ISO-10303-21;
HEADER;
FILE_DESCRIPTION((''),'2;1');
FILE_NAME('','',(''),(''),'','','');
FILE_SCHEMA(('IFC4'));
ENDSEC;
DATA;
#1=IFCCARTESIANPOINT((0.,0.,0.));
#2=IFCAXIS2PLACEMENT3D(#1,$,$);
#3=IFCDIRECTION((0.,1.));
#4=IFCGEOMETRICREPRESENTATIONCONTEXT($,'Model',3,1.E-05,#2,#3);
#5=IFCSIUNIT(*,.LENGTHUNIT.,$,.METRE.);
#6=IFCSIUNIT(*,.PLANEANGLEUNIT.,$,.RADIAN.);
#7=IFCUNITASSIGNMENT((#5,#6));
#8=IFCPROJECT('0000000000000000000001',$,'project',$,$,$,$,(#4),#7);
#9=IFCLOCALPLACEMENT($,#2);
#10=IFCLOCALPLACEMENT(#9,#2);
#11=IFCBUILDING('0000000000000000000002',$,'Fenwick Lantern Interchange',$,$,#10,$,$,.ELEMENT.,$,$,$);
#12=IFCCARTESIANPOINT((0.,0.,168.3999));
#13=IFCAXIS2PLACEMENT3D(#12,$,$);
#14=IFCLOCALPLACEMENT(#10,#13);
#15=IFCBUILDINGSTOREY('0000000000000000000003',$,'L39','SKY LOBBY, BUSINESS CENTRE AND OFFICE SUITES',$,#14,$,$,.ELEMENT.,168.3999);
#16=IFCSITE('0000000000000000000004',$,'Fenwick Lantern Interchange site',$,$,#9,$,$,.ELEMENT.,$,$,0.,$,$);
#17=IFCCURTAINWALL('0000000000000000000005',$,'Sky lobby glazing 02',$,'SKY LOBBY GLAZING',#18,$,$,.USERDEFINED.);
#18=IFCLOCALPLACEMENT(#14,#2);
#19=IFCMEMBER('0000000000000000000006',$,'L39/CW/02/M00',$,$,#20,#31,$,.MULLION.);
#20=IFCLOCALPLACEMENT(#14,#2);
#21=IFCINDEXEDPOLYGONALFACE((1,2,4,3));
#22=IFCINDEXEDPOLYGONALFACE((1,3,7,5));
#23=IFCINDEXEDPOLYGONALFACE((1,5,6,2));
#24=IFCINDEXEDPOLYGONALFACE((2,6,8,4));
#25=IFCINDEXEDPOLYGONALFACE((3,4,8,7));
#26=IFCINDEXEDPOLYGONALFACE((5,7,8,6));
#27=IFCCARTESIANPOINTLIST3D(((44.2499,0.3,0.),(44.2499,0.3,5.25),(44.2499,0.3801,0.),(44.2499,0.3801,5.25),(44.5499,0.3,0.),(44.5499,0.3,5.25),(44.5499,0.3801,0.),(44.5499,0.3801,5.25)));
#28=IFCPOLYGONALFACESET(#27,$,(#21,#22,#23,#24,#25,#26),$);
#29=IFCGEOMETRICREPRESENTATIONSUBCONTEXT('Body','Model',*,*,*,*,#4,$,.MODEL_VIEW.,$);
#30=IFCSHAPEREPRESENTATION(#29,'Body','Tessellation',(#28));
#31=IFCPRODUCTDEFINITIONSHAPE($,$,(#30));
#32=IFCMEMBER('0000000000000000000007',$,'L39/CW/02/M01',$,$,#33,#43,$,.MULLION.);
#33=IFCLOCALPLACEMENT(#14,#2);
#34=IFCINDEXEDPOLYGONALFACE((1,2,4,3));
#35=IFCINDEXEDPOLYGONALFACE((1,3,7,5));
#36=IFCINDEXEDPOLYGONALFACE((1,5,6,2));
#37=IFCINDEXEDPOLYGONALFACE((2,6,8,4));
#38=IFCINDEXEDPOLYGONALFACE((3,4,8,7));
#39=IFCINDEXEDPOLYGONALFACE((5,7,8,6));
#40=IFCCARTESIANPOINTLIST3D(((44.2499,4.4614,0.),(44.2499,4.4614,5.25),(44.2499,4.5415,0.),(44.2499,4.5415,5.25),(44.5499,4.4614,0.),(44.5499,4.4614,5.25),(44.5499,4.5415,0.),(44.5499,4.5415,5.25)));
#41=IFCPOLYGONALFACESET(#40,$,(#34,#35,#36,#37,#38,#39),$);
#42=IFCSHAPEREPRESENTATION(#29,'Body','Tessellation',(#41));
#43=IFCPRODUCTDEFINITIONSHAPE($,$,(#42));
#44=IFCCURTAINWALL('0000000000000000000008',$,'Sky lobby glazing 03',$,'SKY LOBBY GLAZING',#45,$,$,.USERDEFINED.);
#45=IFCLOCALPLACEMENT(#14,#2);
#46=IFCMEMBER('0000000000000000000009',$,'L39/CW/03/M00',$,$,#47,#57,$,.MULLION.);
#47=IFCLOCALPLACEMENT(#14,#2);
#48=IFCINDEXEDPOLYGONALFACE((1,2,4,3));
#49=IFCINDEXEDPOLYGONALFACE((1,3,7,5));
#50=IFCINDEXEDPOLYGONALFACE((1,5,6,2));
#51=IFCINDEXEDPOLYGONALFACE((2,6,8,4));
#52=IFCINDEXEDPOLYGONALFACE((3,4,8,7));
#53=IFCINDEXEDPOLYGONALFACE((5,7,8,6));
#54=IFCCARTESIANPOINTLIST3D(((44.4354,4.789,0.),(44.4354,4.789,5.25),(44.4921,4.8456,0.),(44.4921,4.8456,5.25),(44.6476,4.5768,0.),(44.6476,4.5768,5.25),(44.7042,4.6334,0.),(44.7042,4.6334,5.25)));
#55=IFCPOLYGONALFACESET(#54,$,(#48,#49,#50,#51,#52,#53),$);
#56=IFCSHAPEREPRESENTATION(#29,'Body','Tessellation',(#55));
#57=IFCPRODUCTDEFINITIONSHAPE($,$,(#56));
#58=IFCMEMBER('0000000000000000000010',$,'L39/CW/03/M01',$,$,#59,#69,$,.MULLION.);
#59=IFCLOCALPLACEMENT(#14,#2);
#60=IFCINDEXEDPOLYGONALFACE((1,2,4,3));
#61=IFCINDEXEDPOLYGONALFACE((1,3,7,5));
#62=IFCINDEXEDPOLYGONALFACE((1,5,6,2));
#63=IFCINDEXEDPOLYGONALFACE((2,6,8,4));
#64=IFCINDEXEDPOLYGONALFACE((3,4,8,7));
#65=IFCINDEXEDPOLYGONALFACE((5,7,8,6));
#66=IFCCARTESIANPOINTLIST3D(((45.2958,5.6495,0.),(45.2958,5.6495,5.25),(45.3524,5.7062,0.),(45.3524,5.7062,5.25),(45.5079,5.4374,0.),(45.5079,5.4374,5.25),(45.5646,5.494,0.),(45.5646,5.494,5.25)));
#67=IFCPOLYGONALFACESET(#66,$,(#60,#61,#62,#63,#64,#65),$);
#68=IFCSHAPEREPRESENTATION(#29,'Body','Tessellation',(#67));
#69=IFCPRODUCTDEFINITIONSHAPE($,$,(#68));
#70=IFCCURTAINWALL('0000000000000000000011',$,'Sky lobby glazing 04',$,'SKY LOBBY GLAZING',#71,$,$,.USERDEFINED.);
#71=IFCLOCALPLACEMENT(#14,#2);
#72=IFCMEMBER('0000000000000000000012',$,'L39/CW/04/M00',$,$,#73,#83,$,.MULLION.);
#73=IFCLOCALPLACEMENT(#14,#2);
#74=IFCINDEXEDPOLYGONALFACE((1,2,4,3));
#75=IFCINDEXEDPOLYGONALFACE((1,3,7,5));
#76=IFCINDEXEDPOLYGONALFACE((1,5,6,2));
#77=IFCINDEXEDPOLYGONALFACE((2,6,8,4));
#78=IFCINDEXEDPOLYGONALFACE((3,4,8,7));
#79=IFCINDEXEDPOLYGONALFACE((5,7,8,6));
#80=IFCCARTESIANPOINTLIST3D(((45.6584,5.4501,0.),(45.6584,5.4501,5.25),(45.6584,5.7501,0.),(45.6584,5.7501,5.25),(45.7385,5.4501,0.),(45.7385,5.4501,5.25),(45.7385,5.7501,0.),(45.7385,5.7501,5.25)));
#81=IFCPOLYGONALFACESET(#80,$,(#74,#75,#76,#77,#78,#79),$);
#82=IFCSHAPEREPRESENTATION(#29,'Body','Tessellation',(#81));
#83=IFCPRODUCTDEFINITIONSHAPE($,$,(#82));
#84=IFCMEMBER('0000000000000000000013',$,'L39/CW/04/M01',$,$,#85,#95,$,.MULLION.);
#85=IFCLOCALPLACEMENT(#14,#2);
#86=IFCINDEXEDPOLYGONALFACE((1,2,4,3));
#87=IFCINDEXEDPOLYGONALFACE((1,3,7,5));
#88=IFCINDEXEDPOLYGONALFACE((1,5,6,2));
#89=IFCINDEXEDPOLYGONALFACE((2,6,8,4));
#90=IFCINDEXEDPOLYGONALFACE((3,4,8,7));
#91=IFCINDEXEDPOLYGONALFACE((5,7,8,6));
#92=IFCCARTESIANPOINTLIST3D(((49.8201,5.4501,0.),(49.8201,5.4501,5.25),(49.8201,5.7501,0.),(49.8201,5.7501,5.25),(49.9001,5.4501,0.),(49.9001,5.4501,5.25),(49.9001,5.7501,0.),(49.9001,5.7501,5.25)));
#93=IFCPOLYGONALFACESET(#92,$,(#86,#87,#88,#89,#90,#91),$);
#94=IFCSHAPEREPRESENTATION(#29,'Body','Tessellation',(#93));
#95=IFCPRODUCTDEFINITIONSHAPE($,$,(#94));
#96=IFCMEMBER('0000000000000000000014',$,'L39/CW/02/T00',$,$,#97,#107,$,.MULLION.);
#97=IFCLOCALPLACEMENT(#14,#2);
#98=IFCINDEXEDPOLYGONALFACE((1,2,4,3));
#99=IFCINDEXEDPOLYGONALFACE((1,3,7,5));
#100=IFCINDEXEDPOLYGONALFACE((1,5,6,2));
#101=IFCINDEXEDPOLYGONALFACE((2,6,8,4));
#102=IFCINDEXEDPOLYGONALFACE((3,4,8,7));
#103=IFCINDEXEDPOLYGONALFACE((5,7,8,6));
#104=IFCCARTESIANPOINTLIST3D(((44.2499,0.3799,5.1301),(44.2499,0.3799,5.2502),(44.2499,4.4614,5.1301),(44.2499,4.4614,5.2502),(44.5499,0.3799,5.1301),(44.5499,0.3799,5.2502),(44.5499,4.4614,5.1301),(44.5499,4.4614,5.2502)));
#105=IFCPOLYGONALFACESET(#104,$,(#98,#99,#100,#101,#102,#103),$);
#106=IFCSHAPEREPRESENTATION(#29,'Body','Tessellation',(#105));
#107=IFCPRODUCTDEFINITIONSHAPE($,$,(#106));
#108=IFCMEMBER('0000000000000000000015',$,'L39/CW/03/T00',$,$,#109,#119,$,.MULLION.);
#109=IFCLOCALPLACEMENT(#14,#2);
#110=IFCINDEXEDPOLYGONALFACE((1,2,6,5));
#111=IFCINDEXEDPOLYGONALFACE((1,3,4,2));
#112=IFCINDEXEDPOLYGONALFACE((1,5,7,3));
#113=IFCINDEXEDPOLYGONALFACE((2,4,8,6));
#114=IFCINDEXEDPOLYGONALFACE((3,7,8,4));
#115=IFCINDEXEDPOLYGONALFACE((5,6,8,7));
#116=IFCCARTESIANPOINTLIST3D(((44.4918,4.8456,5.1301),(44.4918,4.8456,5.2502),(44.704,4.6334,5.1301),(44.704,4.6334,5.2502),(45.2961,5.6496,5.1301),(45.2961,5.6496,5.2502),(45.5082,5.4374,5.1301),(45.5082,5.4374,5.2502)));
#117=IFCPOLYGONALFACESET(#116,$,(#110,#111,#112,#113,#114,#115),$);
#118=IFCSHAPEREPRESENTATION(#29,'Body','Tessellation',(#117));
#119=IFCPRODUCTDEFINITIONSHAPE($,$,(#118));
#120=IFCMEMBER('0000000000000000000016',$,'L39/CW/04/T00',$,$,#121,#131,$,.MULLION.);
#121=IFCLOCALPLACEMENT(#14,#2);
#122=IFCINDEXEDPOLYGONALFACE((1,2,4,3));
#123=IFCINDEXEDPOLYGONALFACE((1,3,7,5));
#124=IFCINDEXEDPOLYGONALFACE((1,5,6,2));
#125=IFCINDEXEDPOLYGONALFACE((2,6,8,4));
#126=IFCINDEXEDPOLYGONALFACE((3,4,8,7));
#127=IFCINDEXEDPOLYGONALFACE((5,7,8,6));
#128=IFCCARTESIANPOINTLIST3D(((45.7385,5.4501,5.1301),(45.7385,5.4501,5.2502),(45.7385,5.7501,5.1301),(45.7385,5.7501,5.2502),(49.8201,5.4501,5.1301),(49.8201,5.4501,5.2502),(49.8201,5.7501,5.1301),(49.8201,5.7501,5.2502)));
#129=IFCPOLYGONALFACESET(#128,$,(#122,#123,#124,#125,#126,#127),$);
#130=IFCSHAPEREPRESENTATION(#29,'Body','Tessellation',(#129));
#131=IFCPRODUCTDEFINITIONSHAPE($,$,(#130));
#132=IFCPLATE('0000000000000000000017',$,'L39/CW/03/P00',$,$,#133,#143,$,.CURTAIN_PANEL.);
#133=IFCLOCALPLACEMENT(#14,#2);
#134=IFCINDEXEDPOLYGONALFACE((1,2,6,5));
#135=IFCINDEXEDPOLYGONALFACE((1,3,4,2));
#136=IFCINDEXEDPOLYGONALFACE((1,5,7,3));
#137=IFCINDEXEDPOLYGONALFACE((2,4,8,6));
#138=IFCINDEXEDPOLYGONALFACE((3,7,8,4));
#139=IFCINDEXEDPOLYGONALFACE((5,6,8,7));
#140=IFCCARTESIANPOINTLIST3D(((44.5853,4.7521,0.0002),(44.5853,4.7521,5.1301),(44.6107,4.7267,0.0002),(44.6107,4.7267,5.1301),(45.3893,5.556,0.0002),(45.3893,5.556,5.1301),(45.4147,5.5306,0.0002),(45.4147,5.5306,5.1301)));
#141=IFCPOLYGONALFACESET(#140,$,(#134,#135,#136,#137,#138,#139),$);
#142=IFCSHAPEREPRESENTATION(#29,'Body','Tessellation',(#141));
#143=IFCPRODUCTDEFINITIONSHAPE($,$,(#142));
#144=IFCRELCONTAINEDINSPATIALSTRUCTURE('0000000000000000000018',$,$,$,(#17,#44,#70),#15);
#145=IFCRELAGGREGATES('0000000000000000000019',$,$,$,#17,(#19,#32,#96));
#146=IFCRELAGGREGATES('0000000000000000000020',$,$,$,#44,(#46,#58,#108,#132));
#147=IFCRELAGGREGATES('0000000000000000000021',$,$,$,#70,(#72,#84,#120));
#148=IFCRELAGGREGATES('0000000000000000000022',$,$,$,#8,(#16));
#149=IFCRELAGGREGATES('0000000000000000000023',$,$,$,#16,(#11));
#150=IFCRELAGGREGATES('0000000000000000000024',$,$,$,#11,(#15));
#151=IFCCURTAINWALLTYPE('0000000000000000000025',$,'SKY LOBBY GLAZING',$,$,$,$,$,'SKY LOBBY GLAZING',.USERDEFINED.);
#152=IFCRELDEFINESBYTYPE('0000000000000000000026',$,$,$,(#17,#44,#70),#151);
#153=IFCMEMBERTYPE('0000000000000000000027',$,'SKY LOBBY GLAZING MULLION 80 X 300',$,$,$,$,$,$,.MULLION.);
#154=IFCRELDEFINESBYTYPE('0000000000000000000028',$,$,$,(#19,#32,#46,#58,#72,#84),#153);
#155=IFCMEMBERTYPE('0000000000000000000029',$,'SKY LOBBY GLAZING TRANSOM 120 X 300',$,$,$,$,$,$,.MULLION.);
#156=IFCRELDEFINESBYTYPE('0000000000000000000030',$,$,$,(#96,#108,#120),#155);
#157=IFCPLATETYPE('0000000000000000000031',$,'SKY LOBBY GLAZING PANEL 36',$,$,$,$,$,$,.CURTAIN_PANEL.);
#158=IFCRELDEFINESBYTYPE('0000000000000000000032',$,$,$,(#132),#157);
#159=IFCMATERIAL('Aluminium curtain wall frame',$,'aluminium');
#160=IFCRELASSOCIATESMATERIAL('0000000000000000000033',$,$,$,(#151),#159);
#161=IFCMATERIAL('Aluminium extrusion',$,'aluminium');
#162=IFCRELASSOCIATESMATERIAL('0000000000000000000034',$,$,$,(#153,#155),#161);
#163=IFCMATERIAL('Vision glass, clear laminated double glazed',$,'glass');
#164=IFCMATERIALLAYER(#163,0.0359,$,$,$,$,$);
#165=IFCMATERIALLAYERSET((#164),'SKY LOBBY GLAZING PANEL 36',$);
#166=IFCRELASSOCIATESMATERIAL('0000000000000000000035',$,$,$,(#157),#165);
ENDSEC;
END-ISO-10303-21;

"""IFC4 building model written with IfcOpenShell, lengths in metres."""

from ifc_helpers import new_model, si_unit, direction, frame, origin, origin_2d, place, context, subcontext, project, spatial, rectangle, extrude, material, layer, layer_set, material_profile, profile_set, type_object, element, aggregate, save


model = new_model("IFC4")

# Units and contexts
model_context = context("Model", 3, precision=1e-05, world=origin(), true_north=direction((0.0, 1.0)))
body_context = subcontext(model_context, "Body", "Model", "MODEL_VIEW")
ifc_project = project(units=[si_unit("LENGTHUNIT", "METRE"), si_unit("PLANEANGLEUNIT", "RADIAN")], contexts=[model_context])

# Site, building, storey
site_placement = place(None, origin())
site = spatial("IfcSite", under=ifc_project, at=site_placement, Name="Fenwick Lantern Interchange site", CompositionType="ELEMENT", RefElevation=0.0)
building_placement = place(site_placement, origin())
building = spatial("IfcBuilding", under=site, at=building_placement, Name="Fenwick Lantern Interchange", CompositionType="ELEMENT")
storey_placement = place(building_placement, frame((0.0, 0.0, 168.3999)))
storey = spatial("IfcBuildingStorey", under=building, at=storey_placement, Name="L39", Description="SKY LOBBY, BUSINESS CENTRE AND OFFICE SUITES", CompositionType="ELEMENT", Elevation=168.3999)

# Curtain walls, members
ifc_material_1 = material(Name="Aluminium curtain wall frame", Category="aluminium")
curtain_wall_type = type_object("IfcCurtainWallType", Name="SKY LOBBY GLAZING", ElementType="SKY LOBBY GLAZING", PredefinedType="USERDEFINED", material=ifc_material_1)
curtain_wall_1_placement = place(storey_placement, origin())
curtain_wall_1 = element("IfcCurtainWall", 1, at=curtain_wall_1_placement, inside=storey, type_object=curtain_wall_type, Name="Sky lobby glazing 02", ObjectType="SKY LOBBY GLAZING", PredefinedType="USERDEFINED")
ifc_material_2 = material(Name="Aluminium extrusion", Category="aluminium")
ifc_material_profile_1 = material_profile(ifc_material_2, rectangle(XDim=0.3, YDim=0.0801, at=origin_2d()), Name="SKY LOBBY GLAZING MULLION 80 X 300")
ifc_profile_set_1 = profile_set([ifc_material_profile_1], Name="Aluminium extrusion")
member_type_1 = type_object("IfcMemberType", Name="SKY LOBBY GLAZING MULLION 80 X 300", PredefinedType="MULLION", material=ifc_profile_set_1)
member_1_placement = place(storey_placement, frame((44.3999, 0.3401, 0.0), z_axis=(0.0, 0.0, 1.0), x_axis=(-1.0, 0.0, 0.0)))
member_1 = element("IfcMember", 2, at=member_1_placement, type_object=member_type_1, Name="L39/CW/02/M00", PredefinedType="MULLION", context=body_context, shape_type="SweptSolid", body=[
    extrude(rectangle(XDim=0.3, YDim=0.0801, at=origin_2d()), origin(), (0.0, 0.0, 1.0), 5.25),
])
member_2_placement = place(storey_placement, frame((44.3999, 4.5015, 0.0), z_axis=(0.0, 0.0, 1.0), x_axis=(-1.0, 0.0, 0.0)))
member_2 = element("IfcMember", 3, at=member_2_placement, type_object=member_type_1, Name="L39/CW/02/M01", PredefinedType="MULLION", context=body_context, shape_type="SweptSolid", body=[
    extrude(rectangle(XDim=0.3, YDim=0.0801, at=origin_2d()), origin(), (0.0, 0.0, 1.0), 5.25),
])
curtain_wall_2_placement = place(storey_placement, origin())
curtain_wall_2 = element("IfcCurtainWall", 4, at=curtain_wall_2_placement, inside=storey, type_object=curtain_wall_type, Name="Sky lobby glazing 03", ObjectType="SKY LOBBY GLAZING", PredefinedType="USERDEFINED")
member_3_placement = place(storey_placement, frame((44.5698, 4.7112, 0.0), z_axis=(0.0, 0.0, 1.0), x_axis=(-0.707107, 0.707107, 0.0)))
member_3 = element("IfcMember", 5, at=member_3_placement, type_object=member_type_1, Name="L39/CW/03/M00", PredefinedType="MULLION", context=body_context, shape_type="SweptSolid", body=[
    extrude(rectangle(XDim=0.3, YDim=0.0801, at=origin_2d()), origin(), (0.0, 0.0, 1.0), 5.25),
])
member_4_placement = place(storey_placement, frame((45.4302, 5.5718, 0.0), z_axis=(0.0, 0.0, 1.0), x_axis=(-0.707107, 0.707107, 0.0)))
member_4 = element("IfcMember", 6, at=member_4_placement, type_object=member_type_1, Name="L39/CW/03/M01", PredefinedType="MULLION", context=body_context, shape_type="SweptSolid", body=[
    extrude(rectangle(XDim=0.3, YDim=0.0801, at=origin_2d()), origin(), (0.0, 0.0, 1.0), 5.25),
])
curtain_wall_3_placement = place(storey_placement, origin())
curtain_wall_3 = element("IfcCurtainWall", 7, at=curtain_wall_3_placement, inside=storey, type_object=curtain_wall_type, Name="Sky lobby glazing 04", ObjectType="SKY LOBBY GLAZING", PredefinedType="USERDEFINED")
member_5_placement = place(storey_placement, frame((45.6985, 5.6001, 0.0), z_axis=(0.0, 0.0, 1.0), x_axis=(0.0, 1.0, 0.0)))
member_5 = element("IfcMember", 8, at=member_5_placement, type_object=member_type_1, Name="L39/CW/04/M00", PredefinedType="MULLION", context=body_context, shape_type="SweptSolid", body=[
    extrude(rectangle(XDim=0.3, YDim=0.0801, at=origin_2d()), origin(), (0.0, 0.0, 1.0), 5.25),
])
member_6_placement = place(storey_placement, frame((49.8601, 5.6001, 0.0), z_axis=(0.0, 0.0, 1.0), x_axis=(0.0, 1.0, 0.0)))
member_6 = element("IfcMember", 9, at=member_6_placement, type_object=member_type_1, Name="L39/CW/04/M01", PredefinedType="MULLION", context=body_context, shape_type="SweptSolid", body=[
    extrude(rectangle(XDim=0.3, YDim=0.0801, at=origin_2d()), origin(), (0.0, 0.0, 1.0), 5.25),
])

# Members
ifc_material_profile_2 = material_profile(ifc_material_2, rectangle(XDim=0.3, YDim=0.1201, at=origin_2d()), Name="SKY LOBBY GLAZING TRANSOM 120 X 300")
ifc_profile_set_2 = profile_set([ifc_material_profile_2], Name="Aluminium extrusion")
member_type_2 = type_object("IfcMemberType", Name="SKY LOBBY GLAZING TRANSOM 120 X 300", PredefinedType="MULLION", material=ifc_profile_set_2)
member_7_placement = place(storey_placement, frame((44.3999, 0.3799, 5.1902), z_axis=(0.0, 1.0, 0.0), x_axis=(-1.0, 0.0, 0.0)))
member_7 = element("IfcMember", 10, at=member_7_placement, type_object=member_type_2, Name="L39/CW/02/T00", PredefinedType="MULLION", context=body_context, shape_type="SweptSolid", body=[
    extrude(rectangle(XDim=0.3, YDim=0.1201, at=origin_2d()), origin(), (0.0, 0.0, 1.0), 4.0815),
])
member_8_placement = place(storey_placement, frame((44.5979, 4.7395, 5.1902), z_axis=(0.707214, 0.706999, 0.0), x_axis=(-0.706999, 0.707214, 0.0)))
member_8 = element("IfcMember", 11, at=member_8_placement, type_object=member_type_2, Name="L39/CW/03/T00", PredefinedType="MULLION", context=body_context, shape_type="SweptSolid", body=[
    extrude(rectangle(XDim=0.3, YDim=0.1201, at=origin_2d()), origin(), (0.0, 0.0, 1.0), 1.1372),
])
member_9_placement = place(storey_placement, frame((45.7385, 5.6001, 5.1902), z_axis=(1.0, 0.0, 0.0), x_axis=(0.0, 1.0, 0.0)))
member_9 = element("IfcMember", 12, at=member_9_placement, type_object=member_type_2, Name="L39/CW/04/T00", PredefinedType="MULLION", context=body_context, shape_type="SweptSolid", body=[
    extrude(rectangle(XDim=0.3, YDim=0.1201, at=origin_2d()), origin(), (0.0, 0.0, 1.0), 4.0815),
])

# Plate
ifc_material_3 = material(Name="Vision glass, clear laminated double glazed", Category="glass")
ifc_layer_1 = layer(ifc_material_3, 0.0359)
ifc_layer_set_1 = layer_set([ifc_layer_1], Name="SKY LOBBY GLAZING PANEL 36")
plate_type = type_object("IfcPlateType", Name="SKY LOBBY GLAZING PANEL 36", PredefinedType="CURTAIN_PANEL", material=ifc_layer_set_1)
aggregate(curtain_wall_1, [member_1, member_2, member_7])
plate_1_placement = place(storey_placement, frame((45.0, 5.1414, 0.0002), z_axis=(0.0, 0.0, 1.0), x_axis=(0.707107, 0.707107, 0.0)))
plate_1 = element("IfcPlate", 13, at=plate_1_placement, type_object=plate_type, Name="L39/CW/03/P00", PredefinedType="CURTAIN_PANEL", context=body_context, shape_type="SweptSolid", body=[
    extrude(rectangle(XDim=1.137, YDim=0.0359, at=origin_2d()), origin(), (0.0, 0.0, 1.0), 5.1299),
])
aggregate(curtain_wall_2, [member_3, member_4, member_8, plate_1])
aggregate(curtain_wall_3, [member_5, member_6, member_9])

save(model, "model.ifc")
